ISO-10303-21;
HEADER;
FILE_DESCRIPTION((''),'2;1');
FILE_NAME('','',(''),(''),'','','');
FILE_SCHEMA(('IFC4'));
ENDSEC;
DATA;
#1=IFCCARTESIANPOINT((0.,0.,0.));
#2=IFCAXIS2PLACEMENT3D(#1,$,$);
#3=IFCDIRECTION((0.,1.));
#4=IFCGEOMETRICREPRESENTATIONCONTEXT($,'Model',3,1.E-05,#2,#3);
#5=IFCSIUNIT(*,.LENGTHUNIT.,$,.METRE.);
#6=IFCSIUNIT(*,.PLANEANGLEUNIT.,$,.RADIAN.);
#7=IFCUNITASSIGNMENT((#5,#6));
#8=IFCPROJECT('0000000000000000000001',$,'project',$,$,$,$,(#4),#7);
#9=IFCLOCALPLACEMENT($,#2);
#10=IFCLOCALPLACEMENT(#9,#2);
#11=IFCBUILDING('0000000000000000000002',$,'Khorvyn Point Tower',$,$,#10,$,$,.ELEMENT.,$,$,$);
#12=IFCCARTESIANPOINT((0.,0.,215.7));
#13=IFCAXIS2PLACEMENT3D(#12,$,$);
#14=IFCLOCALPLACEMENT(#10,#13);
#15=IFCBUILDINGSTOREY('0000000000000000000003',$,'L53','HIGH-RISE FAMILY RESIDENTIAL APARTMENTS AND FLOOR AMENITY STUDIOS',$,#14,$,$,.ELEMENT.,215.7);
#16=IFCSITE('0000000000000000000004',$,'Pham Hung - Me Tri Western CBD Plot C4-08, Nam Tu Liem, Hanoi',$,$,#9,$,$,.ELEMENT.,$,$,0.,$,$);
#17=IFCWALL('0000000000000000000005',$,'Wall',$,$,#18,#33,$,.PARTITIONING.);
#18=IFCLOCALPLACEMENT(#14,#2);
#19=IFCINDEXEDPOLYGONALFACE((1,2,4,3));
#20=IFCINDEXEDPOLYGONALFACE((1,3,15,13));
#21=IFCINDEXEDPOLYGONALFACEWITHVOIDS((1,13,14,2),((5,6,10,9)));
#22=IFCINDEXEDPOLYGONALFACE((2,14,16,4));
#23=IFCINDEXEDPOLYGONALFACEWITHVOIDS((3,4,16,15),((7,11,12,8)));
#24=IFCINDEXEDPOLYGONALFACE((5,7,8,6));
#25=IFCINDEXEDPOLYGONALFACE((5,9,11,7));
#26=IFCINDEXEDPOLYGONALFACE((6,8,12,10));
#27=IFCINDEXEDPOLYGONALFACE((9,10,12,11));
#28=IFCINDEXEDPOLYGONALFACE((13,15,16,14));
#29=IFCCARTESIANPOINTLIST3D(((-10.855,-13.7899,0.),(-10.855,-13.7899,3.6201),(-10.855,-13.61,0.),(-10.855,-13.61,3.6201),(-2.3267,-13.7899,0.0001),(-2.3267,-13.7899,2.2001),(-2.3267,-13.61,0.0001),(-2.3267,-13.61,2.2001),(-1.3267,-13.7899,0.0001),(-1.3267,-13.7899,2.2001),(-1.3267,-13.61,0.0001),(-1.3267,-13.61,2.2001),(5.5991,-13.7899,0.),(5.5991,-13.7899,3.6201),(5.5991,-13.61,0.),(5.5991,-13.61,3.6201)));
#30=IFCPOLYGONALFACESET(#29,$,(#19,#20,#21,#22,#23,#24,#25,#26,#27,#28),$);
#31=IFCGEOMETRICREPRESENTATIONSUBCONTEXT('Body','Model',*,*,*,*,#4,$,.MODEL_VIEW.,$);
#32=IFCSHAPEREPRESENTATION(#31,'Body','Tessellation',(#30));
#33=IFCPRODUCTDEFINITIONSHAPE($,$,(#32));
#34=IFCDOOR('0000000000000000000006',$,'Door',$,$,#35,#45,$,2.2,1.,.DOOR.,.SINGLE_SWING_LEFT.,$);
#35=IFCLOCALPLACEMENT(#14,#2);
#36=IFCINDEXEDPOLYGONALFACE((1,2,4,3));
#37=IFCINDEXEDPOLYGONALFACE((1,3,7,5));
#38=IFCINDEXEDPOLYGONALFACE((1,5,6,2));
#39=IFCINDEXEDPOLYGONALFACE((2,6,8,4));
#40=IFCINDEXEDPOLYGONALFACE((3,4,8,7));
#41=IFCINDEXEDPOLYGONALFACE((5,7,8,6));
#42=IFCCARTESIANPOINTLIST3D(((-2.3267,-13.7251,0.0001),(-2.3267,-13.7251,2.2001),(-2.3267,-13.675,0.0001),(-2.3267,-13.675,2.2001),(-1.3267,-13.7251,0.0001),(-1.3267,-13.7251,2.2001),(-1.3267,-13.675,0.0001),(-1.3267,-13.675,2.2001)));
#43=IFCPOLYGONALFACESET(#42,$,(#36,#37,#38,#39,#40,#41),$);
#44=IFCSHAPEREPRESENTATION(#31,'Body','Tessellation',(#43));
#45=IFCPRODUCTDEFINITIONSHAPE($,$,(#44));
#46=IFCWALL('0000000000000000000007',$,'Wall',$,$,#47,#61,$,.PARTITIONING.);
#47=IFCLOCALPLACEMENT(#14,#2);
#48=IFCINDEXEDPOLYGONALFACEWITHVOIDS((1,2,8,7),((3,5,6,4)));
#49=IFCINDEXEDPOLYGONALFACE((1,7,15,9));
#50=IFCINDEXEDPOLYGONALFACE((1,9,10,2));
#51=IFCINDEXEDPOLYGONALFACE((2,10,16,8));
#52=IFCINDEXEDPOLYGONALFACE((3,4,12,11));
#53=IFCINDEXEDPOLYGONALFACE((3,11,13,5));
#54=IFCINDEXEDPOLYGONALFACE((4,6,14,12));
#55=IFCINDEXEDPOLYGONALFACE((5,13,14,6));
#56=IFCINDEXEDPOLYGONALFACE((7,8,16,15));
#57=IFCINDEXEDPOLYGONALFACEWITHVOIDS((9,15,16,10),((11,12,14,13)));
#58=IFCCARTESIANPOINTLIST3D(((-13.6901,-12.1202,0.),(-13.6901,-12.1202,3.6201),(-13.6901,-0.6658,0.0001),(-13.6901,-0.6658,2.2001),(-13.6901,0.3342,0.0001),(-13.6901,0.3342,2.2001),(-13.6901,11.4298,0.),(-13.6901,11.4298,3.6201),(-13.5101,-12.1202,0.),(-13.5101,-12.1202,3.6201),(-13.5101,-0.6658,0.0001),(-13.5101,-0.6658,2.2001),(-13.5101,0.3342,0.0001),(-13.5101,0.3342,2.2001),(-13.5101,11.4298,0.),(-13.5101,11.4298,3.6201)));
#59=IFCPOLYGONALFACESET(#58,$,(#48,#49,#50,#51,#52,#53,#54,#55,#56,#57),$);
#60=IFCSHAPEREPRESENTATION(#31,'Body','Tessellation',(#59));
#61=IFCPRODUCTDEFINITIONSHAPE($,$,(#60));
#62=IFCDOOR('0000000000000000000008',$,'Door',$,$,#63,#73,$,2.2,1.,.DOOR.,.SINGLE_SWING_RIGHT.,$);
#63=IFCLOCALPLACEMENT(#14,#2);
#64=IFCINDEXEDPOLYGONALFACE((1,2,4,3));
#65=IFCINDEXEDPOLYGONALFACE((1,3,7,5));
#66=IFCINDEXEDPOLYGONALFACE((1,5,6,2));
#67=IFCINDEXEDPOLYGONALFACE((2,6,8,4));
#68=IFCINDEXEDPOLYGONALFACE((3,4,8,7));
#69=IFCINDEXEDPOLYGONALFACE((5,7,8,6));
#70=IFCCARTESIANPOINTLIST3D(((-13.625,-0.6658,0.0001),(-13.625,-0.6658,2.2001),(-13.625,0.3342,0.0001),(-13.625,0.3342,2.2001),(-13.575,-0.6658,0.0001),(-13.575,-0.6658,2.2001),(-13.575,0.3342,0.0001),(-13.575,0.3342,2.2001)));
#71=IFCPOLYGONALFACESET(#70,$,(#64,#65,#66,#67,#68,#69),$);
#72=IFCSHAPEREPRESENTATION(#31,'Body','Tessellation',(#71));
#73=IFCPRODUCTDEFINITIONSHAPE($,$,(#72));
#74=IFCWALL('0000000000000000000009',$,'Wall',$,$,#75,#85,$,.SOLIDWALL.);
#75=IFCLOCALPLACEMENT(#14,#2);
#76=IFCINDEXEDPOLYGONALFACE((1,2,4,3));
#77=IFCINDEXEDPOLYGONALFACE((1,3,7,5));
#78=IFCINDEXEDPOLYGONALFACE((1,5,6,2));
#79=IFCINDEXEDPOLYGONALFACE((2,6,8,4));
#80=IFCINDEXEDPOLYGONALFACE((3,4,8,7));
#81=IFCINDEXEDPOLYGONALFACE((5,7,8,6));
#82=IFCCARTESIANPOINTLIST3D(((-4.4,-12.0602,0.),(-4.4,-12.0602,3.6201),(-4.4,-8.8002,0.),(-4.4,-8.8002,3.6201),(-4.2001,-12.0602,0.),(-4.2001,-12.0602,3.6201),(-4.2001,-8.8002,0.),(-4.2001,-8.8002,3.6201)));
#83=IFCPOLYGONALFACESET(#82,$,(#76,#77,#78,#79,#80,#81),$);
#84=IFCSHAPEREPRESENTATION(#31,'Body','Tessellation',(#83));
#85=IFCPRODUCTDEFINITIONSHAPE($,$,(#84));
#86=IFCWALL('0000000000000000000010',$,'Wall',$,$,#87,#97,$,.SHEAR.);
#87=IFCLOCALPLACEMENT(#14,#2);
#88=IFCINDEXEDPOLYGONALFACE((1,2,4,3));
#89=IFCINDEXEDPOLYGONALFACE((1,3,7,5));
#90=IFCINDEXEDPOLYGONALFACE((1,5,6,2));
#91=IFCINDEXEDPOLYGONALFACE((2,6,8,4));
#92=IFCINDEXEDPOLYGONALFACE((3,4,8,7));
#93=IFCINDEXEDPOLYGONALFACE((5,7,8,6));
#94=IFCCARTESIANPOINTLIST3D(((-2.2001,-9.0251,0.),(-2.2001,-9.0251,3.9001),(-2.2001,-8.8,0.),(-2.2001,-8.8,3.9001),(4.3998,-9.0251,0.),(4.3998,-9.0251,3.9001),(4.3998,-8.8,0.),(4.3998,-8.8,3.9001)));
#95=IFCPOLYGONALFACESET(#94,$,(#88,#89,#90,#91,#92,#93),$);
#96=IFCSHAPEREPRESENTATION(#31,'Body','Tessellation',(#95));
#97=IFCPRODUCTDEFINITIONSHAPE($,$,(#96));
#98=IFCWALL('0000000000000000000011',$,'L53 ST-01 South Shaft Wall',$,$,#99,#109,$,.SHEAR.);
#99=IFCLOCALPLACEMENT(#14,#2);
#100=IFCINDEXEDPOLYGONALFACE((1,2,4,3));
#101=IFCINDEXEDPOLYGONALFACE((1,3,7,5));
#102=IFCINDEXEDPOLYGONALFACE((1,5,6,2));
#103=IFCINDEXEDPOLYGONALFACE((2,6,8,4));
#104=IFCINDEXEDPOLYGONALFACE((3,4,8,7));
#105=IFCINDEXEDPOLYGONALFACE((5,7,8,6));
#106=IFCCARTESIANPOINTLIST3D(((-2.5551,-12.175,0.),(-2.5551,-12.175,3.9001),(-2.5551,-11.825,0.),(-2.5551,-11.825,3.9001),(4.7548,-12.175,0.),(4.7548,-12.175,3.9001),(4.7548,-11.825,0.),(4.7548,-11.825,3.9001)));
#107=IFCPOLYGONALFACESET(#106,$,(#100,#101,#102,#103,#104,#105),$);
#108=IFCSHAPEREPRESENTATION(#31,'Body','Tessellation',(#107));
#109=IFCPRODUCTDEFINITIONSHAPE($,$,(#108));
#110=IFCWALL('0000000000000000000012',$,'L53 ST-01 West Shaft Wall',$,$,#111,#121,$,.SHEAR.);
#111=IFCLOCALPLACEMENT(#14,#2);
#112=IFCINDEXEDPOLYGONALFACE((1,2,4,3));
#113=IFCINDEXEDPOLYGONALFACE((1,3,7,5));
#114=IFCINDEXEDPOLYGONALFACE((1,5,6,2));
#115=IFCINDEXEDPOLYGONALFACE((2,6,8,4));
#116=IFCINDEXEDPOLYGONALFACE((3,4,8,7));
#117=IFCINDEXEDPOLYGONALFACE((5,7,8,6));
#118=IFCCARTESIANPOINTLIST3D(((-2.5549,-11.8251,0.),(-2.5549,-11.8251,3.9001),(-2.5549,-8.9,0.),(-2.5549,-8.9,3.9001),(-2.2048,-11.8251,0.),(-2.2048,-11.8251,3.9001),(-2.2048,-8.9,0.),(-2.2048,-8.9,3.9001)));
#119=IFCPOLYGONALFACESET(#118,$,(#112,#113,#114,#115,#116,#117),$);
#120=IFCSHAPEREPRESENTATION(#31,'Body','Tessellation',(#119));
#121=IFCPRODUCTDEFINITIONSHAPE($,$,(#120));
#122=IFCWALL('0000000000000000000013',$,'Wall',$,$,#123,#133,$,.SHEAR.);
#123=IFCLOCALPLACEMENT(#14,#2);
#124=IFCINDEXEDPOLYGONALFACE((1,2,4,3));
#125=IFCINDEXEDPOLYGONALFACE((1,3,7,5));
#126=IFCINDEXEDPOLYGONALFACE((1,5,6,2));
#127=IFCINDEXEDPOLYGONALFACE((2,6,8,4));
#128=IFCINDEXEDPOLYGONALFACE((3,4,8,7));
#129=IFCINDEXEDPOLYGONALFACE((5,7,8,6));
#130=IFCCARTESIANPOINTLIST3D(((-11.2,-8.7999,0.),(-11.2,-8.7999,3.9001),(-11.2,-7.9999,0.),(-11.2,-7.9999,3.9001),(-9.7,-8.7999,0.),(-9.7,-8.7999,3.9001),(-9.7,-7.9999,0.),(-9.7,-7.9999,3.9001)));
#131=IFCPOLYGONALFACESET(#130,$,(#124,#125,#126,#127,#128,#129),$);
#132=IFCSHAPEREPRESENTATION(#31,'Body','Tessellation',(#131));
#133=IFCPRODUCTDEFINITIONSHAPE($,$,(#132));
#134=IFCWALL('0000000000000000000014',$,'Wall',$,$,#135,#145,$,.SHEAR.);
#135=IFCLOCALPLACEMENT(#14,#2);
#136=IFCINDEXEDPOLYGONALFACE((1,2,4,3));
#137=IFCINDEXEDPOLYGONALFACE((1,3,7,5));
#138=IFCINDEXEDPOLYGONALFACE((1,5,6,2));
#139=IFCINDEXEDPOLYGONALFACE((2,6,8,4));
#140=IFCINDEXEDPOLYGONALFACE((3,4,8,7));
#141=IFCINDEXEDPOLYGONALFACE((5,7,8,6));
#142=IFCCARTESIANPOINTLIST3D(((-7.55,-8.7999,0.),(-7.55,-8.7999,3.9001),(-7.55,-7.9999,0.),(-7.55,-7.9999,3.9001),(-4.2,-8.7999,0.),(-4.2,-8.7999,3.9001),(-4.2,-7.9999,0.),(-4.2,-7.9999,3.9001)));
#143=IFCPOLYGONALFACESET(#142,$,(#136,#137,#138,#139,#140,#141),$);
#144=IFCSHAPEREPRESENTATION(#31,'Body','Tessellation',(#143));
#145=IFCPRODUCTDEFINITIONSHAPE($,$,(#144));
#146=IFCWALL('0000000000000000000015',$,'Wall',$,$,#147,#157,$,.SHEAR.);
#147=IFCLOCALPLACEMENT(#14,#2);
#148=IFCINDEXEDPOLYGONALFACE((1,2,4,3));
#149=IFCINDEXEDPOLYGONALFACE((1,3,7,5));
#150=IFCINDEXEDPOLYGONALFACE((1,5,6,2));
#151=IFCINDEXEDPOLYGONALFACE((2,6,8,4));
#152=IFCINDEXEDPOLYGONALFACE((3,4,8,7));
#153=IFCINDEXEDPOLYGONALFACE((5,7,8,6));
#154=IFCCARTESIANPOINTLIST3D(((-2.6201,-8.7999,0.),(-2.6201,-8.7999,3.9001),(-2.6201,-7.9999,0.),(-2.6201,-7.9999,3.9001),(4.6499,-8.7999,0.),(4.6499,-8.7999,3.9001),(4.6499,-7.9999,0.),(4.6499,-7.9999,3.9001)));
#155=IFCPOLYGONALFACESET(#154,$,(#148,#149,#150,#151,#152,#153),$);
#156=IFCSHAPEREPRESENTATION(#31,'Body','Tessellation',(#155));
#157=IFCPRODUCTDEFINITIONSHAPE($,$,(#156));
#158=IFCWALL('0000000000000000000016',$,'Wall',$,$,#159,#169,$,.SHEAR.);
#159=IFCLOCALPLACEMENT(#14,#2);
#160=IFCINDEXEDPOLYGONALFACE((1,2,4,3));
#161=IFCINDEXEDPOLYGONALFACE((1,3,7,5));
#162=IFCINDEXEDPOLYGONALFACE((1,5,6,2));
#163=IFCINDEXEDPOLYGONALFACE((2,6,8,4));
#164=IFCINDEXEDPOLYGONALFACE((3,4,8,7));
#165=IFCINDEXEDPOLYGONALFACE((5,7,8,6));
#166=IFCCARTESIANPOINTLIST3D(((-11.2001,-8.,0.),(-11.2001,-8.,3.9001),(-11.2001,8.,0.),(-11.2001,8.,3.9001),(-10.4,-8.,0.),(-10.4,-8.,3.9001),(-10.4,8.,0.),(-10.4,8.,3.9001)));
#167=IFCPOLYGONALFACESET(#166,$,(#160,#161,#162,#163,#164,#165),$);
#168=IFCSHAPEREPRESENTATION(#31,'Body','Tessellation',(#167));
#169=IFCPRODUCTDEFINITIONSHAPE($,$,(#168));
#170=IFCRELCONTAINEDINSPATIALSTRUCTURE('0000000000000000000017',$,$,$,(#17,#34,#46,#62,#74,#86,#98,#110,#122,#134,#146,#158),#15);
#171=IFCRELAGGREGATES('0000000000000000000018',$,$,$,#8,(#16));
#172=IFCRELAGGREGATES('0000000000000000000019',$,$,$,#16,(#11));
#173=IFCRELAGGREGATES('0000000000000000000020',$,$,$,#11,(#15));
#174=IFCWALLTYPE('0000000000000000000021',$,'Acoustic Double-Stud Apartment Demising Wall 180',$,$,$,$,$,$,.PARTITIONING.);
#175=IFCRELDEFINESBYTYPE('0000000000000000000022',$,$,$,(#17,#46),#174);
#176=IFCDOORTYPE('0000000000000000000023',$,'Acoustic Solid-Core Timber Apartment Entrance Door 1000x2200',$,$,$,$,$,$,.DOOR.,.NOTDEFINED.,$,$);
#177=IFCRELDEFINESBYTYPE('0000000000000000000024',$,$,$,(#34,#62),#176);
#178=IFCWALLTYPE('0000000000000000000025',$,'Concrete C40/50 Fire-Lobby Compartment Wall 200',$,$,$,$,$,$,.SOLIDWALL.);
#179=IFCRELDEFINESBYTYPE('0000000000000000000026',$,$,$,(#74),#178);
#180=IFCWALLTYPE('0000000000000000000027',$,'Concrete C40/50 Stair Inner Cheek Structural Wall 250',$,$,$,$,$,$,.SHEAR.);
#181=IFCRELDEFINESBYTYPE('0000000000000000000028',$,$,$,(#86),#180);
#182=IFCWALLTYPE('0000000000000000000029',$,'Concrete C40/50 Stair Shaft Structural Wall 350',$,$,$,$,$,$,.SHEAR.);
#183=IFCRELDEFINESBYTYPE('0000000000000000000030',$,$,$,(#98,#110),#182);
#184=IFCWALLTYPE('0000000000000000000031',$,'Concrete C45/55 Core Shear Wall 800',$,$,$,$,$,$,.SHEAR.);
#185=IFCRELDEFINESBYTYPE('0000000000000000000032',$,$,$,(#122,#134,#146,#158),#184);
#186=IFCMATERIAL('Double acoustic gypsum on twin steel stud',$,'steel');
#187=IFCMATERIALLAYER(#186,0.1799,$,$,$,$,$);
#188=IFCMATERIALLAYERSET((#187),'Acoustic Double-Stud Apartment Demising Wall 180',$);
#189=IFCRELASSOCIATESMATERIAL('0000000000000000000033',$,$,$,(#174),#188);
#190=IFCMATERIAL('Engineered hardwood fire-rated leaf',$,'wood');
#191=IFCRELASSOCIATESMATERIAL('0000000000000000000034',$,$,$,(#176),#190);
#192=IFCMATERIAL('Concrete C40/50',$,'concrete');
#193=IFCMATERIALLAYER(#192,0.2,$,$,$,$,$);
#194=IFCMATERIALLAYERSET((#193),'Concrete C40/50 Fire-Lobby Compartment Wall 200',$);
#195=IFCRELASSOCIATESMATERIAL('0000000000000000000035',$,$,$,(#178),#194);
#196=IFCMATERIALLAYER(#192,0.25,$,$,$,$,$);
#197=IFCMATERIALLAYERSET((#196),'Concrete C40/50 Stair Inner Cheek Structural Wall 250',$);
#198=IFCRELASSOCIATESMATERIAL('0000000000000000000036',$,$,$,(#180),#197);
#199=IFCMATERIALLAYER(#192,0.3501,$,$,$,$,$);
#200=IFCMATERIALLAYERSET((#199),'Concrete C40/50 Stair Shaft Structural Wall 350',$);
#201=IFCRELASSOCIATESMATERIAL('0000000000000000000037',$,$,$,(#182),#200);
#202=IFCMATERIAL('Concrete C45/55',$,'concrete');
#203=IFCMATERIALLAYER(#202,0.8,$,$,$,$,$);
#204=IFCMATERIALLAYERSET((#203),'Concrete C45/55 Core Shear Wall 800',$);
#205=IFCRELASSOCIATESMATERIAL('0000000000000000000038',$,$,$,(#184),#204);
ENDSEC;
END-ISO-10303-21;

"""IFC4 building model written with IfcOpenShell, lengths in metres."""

from ifc_helpers import new_model, si_unit, direction, frame, frame_2d, origin, place, context, subcontext, project, spatial, rectangle, extrude, material, layer, layer_set, type_object, element, fill, save


model = new_model("IFC4")

# Units and contexts
model_context = context("Model", 3, precision=1e-05, world=origin(), true_north=direction((0.0, 1.0)))
body_context = subcontext(model_context, "Body", "Model", "MODEL_VIEW")
ifc_project = project(units=[si_unit("LENGTHUNIT", "METRE"), si_unit("PLANEANGLEUNIT", "RADIAN")], contexts=[model_context])

# Site, building, storey
site_placement = place(None, origin())
site = spatial("IfcSite", under=ifc_project, at=site_placement, Name="Pham Hung - Me Tri Western CBD Plot C4-08, Nam Tu Liem, Hanoi", CompositionType="ELEMENT", RefElevation=0.0)
building_placement = place(site_placement, origin())
building = spatial("IfcBuilding", under=site, at=building_placement, Name="Khorvyn Point Tower", CompositionType="ELEMENT")
storey_placement = place(building_placement, frame((0.0, 0.0, 215.7)))
storey = spatial("IfcBuildingStorey", under=building, at=storey_placement, Name="L53", Description="HIGH-RISE FAMILY RESIDENTIAL APARTMENTS AND FLOOR AMENITY STUDIOS", CompositionType="ELEMENT", Elevation=215.7)

# Shared definitions
ifc_material_1 = material(Name="Concrete C45/55", Category="concrete")

# Walls, openings, doors
ifc_material_2 = material(Name="Double acoustic gypsum on twin steel stud", Category="steel")
ifc_layer_1 = layer(ifc_material_2, 0.1799)
ifc_layer_set_1 = layer_set([ifc_layer_1], Name="Acoustic Double-Stud Apartment Demising Wall 180")
wall_type_1 = type_object("IfcWallType", Name="Acoustic Double-Stud Apartment Demising Wall 180", PredefinedType="PARTITIONING", material=ifc_layer_set_1)
wall_1_placement = place(storey_placement, frame((-10.855, -13.7, 0.0), z_axis=(0.0, 0.0, 1.0), x_axis=(1.0, 0.0, 0.0)))
wall_1 = element("IfcWall", 1, at=wall_1_placement, inside=storey, type_object=wall_type_1, Name="Wall", PredefinedType="PARTITIONING", context=body_context, shape_type="SweptSolid", body=[
    extrude(rectangle(XDim=16.4541, YDim=0.1799, at=frame_2d((8.2271, 0.0))), origin(), (0.0, 0.0, 1.0), 3.6201),
])
opening_1_placement = place(wall_1_placement, frame((8.5283, 0.0, 0.0)))
opening_1 = element("IfcOpeningElement", 2, at=opening_1_placement, cuts=wall_1, PredefinedType="OPENING", context=body_context, shape_type="SweptSolid", body=[
    extrude(rectangle(XDim=1.0, YDim=2.2, at=frame_2d((0.5, 1.1001))), frame((0.0, 0.0999, 0.0), z_axis=(0.0, -1.0, 0.0), x_axis=(1.0, 0.0, 0.0)), (0.0, 0.0, 1.0), 0.2),
])
ifc_material_3 = material(Name="Engineered hardwood fire-rated leaf", Category="wood")
door_type_1 = type_object("IfcDoorType", Name="Acoustic Solid-Core Timber Apartment Entrance Door 1000x2200", OperationType="NOTDEFINED", PredefinedType="DOOR", material=ifc_material_3)
door_1_placement = place(opening_1_placement, origin())
door_1 = element("IfcDoor", 3, at=door_1_placement, inside=storey, type_object=door_type_1, Name="Door", OperationType="SINGLE_SWING_LEFT", OverallHeight=2.2, OverallWidth=1.0, PredefinedType="DOOR", context=body_context, shape_type="SweptSolid", body=[
    extrude(rectangle(XDim=1.0, YDim=2.2, at=frame_2d((0.5, 1.1001))), frame((0.0, 0.0249, 0.0), z_axis=(0.0, -1.0, 0.0), x_axis=(1.0, 0.0, 0.0)), (0.0, 0.0, 1.0), 0.05),
])
fill(opening_1, door_1)
wall_2_placement = place(storey_placement, frame((-13.6001, -12.1201, 0.0), z_axis=(0.0, 0.0, 1.0), x_axis=(0.0, 1.0, 0.0)))
wall_2 = element("IfcWall", 4, at=wall_2_placement, inside=storey, type_object=wall_type_1, Name="Wall", PredefinedType="PARTITIONING", context=body_context, shape_type="SweptSolid", body=[
    extrude(rectangle(XDim=23.55, YDim=0.1799, at=frame_2d((11.7749, 0.0))), origin(), (0.0, 0.0, 1.0), 3.6201),
])
opening_2_placement = place(wall_2_placement, frame((11.4543, 0.0, 0.0)))
opening_2 = element("IfcOpeningElement", 5, at=opening_2_placement, cuts=wall_2, PredefinedType="OPENING", context=body_context, shape_type="SweptSolid", body=[
    extrude(rectangle(XDim=1.0, YDim=2.2, at=frame_2d((0.5, 1.1001))), frame((0.0, 0.0999, 0.0), z_axis=(0.0, -1.0, 0.0), x_axis=(1.0, 0.0, 0.0)), (0.0, 0.0, 1.0), 0.2),
])
door_2_placement = place(opening_2_placement, origin())
door_2 = element("IfcDoor", 6, at=door_2_placement, inside=storey, type_object=door_type_1, Name="Door", OperationType="SINGLE_SWING_RIGHT", OverallHeight=2.2, OverallWidth=1.0, PredefinedType="DOOR", context=body_context, shape_type="SweptSolid", body=[
    extrude(rectangle(XDim=1.0, YDim=2.2, at=frame_2d((0.5, 1.1001))), frame((0.0, 0.0249, 0.0), z_axis=(0.0, -1.0, 0.0), x_axis=(1.0, 0.0, 0.0)), (0.0, 0.0, 1.0), 0.05),
])
fill(opening_2, door_2)
ifc_material_4 = material(Name="Concrete C40/50", Category="concrete")
ifc_layer_2 = layer(ifc_material_4, 0.2)
ifc_layer_set_2 = layer_set([ifc_layer_2], Name="Concrete C40/50 Fire-Lobby Compartment Wall 200")
wall_type_2 = type_object("IfcWallType", Name="Concrete C40/50 Fire-Lobby Compartment Wall 200", PredefinedType="SOLIDWALL", material=ifc_layer_set_2)

# Walls
wall_3_placement = place(storey_placement, frame((-4.3, -12.0601, 0.0), z_axis=(0.0, 0.0, 1.0), x_axis=(0.0, 1.0, 0.0)))
element("IfcWall", 7, at=wall_3_placement, inside=storey, type_object=wall_type_2, Name="Wall", PredefinedType="SOLIDWALL", context=body_context, shape_type="SweptSolid", body=[
    extrude(rectangle(XDim=3.26, YDim=0.2, at=frame_2d((1.6299, 0.0))), origin(), (0.0, 0.0, 1.0), 3.6201),
])
ifc_layer_3 = layer(ifc_material_4, 0.25)
ifc_layer_set_3 = layer_set([ifc_layer_3], Name="Concrete C40/50 Stair Inner Cheek Structural Wall 250")
wall_type_3 = type_object("IfcWallType", Name="Concrete C40/50 Stair Inner Cheek Structural Wall 250", PredefinedType="SHEAR", material=ifc_layer_set_3)
wall_4_placement = place(storey_placement, frame((-2.2, -8.9126, 0.0), z_axis=(0.0, 0.0, 1.0), x_axis=(1.0, 0.0, 0.0)))
element("IfcWall", 8, at=wall_4_placement, inside=storey, type_object=wall_type_3, Name="Wall", PredefinedType="SHEAR", context=body_context, shape_type="SweptSolid", body=[
    extrude(rectangle(XDim=6.5999, YDim=0.2251, at=frame_2d((3.2998, 0.0))), origin(), (0.0, 0.0, 1.0), 3.9001),
])
ifc_layer_4 = layer(ifc_material_4, 0.3501)
ifc_layer_set_4 = layer_set([ifc_layer_4], Name="Concrete C40/50 Stair Shaft Structural Wall 350")
wall_type_4 = type_object("IfcWallType", Name="Concrete C40/50 Stair Shaft Structural Wall 350", PredefinedType="SHEAR", material=ifc_layer_set_4)
wall_5_placement = place(storey_placement, frame((-2.5549, -12.0, 0.0), z_axis=(0.0, 0.0, 1.0), x_axis=(1.0, 0.0, 0.0)))
element("IfcWall", 9, at=wall_5_placement, inside=storey, type_object=wall_type_4, Name="L53 ST-01 South Shaft Wall", PredefinedType="SHEAR", context=body_context, shape_type="SweptSolid", body=[
    extrude(rectangle(XDim=7.3098, YDim=0.3501, at=frame_2d((3.6548, 0.0))), origin(), (0.0, 0.0, 1.0), 3.9001),
])
wall_6_placement = place(storey_placement, frame((-2.3799, -11.825, 0.0), z_axis=(0.0, 0.0, 1.0), x_axis=(0.0, 1.0, 0.0)))
element("IfcWall", 10, at=wall_6_placement, inside=storey, type_object=wall_type_4, Name="L53 ST-01 West Shaft Wall", PredefinedType="SHEAR", context=body_context, shape_type="SweptSolid", body=[
    extrude(rectangle(XDim=2.925, YDim=0.3501, at=frame_2d((1.4624, 0.0))), origin(), (0.0, 0.0, 1.0), 3.9001),
])
ifc_layer_5 = layer(ifc_material_1, 0.8)
ifc_layer_set_5 = layer_set([ifc_layer_5], Name="Concrete C45/55 Core Shear Wall 800")
wall_type_5 = type_object("IfcWallType", Name="Concrete C45/55 Core Shear Wall 800", PredefinedType="SHEAR", material=ifc_layer_set_5)
wall_7_placement = place(storey_placement, frame((-11.2, -8.3999, 0.0), z_axis=(0.0, 0.0, 1.0), x_axis=(1.0, 0.0, 0.0)))
element("IfcWall", 11, at=wall_7_placement, inside=storey, type_object=wall_type_5, Name="Wall", PredefinedType="SHEAR", context=body_context, shape_type="SweptSolid", body=[
    extrude(rectangle(XDim=1.5, YDim=0.8, at=frame_2d((0.75, 0.0))), origin(), (0.0, 0.0, 1.0), 3.9001),
])
wall_8_placement = place(storey_placement, frame((-7.55, -8.3999, 0.0), z_axis=(0.0, 0.0, 1.0), x_axis=(1.0, 0.0, 0.0)))
element("IfcWall", 12, at=wall_8_placement, inside=storey, type_object=wall_type_5, Name="Wall", PredefinedType="SHEAR", context=body_context, shape_type="SweptSolid", body=[
    extrude(rectangle(XDim=3.3501, YDim=0.8, at=frame_2d((1.675, 0.0))), origin(), (0.0, 0.0, 1.0), 3.9001),
])
wall_9_placement = place(storey_placement, frame((-2.6201, -8.3999, 0.0), z_axis=(0.0, 0.0, 1.0), x_axis=(1.0, 0.0, 0.0)))
element("IfcWall", 13, at=wall_9_placement, inside=storey, type_object=wall_type_5, Name="Wall", PredefinedType="SHEAR", context=body_context, shape_type="SweptSolid", body=[
    extrude(rectangle(XDim=7.27, YDim=0.8, at=frame_2d((3.635, 0.0))), origin(), (0.0, 0.0, 1.0), 3.9001),
])
wall_10_placement = place(storey_placement, frame((-10.8, -8.0, 0.0), z_axis=(0.0, 0.0, 1.0), x_axis=(0.0, 1.0, 0.0)))
element("IfcWall", 14, at=wall_10_placement, inside=storey, type_object=wall_type_5, Name="Wall", PredefinedType="SHEAR", context=body_context, shape_type="SweptSolid", body=[
    extrude(rectangle(XDim=16.0, YDim=0.8, at=frame_2d((8.0, 0.0))), origin(), (0.0, 0.0, 1.0), 3.9001),
])

save(model, "model.ifc")
